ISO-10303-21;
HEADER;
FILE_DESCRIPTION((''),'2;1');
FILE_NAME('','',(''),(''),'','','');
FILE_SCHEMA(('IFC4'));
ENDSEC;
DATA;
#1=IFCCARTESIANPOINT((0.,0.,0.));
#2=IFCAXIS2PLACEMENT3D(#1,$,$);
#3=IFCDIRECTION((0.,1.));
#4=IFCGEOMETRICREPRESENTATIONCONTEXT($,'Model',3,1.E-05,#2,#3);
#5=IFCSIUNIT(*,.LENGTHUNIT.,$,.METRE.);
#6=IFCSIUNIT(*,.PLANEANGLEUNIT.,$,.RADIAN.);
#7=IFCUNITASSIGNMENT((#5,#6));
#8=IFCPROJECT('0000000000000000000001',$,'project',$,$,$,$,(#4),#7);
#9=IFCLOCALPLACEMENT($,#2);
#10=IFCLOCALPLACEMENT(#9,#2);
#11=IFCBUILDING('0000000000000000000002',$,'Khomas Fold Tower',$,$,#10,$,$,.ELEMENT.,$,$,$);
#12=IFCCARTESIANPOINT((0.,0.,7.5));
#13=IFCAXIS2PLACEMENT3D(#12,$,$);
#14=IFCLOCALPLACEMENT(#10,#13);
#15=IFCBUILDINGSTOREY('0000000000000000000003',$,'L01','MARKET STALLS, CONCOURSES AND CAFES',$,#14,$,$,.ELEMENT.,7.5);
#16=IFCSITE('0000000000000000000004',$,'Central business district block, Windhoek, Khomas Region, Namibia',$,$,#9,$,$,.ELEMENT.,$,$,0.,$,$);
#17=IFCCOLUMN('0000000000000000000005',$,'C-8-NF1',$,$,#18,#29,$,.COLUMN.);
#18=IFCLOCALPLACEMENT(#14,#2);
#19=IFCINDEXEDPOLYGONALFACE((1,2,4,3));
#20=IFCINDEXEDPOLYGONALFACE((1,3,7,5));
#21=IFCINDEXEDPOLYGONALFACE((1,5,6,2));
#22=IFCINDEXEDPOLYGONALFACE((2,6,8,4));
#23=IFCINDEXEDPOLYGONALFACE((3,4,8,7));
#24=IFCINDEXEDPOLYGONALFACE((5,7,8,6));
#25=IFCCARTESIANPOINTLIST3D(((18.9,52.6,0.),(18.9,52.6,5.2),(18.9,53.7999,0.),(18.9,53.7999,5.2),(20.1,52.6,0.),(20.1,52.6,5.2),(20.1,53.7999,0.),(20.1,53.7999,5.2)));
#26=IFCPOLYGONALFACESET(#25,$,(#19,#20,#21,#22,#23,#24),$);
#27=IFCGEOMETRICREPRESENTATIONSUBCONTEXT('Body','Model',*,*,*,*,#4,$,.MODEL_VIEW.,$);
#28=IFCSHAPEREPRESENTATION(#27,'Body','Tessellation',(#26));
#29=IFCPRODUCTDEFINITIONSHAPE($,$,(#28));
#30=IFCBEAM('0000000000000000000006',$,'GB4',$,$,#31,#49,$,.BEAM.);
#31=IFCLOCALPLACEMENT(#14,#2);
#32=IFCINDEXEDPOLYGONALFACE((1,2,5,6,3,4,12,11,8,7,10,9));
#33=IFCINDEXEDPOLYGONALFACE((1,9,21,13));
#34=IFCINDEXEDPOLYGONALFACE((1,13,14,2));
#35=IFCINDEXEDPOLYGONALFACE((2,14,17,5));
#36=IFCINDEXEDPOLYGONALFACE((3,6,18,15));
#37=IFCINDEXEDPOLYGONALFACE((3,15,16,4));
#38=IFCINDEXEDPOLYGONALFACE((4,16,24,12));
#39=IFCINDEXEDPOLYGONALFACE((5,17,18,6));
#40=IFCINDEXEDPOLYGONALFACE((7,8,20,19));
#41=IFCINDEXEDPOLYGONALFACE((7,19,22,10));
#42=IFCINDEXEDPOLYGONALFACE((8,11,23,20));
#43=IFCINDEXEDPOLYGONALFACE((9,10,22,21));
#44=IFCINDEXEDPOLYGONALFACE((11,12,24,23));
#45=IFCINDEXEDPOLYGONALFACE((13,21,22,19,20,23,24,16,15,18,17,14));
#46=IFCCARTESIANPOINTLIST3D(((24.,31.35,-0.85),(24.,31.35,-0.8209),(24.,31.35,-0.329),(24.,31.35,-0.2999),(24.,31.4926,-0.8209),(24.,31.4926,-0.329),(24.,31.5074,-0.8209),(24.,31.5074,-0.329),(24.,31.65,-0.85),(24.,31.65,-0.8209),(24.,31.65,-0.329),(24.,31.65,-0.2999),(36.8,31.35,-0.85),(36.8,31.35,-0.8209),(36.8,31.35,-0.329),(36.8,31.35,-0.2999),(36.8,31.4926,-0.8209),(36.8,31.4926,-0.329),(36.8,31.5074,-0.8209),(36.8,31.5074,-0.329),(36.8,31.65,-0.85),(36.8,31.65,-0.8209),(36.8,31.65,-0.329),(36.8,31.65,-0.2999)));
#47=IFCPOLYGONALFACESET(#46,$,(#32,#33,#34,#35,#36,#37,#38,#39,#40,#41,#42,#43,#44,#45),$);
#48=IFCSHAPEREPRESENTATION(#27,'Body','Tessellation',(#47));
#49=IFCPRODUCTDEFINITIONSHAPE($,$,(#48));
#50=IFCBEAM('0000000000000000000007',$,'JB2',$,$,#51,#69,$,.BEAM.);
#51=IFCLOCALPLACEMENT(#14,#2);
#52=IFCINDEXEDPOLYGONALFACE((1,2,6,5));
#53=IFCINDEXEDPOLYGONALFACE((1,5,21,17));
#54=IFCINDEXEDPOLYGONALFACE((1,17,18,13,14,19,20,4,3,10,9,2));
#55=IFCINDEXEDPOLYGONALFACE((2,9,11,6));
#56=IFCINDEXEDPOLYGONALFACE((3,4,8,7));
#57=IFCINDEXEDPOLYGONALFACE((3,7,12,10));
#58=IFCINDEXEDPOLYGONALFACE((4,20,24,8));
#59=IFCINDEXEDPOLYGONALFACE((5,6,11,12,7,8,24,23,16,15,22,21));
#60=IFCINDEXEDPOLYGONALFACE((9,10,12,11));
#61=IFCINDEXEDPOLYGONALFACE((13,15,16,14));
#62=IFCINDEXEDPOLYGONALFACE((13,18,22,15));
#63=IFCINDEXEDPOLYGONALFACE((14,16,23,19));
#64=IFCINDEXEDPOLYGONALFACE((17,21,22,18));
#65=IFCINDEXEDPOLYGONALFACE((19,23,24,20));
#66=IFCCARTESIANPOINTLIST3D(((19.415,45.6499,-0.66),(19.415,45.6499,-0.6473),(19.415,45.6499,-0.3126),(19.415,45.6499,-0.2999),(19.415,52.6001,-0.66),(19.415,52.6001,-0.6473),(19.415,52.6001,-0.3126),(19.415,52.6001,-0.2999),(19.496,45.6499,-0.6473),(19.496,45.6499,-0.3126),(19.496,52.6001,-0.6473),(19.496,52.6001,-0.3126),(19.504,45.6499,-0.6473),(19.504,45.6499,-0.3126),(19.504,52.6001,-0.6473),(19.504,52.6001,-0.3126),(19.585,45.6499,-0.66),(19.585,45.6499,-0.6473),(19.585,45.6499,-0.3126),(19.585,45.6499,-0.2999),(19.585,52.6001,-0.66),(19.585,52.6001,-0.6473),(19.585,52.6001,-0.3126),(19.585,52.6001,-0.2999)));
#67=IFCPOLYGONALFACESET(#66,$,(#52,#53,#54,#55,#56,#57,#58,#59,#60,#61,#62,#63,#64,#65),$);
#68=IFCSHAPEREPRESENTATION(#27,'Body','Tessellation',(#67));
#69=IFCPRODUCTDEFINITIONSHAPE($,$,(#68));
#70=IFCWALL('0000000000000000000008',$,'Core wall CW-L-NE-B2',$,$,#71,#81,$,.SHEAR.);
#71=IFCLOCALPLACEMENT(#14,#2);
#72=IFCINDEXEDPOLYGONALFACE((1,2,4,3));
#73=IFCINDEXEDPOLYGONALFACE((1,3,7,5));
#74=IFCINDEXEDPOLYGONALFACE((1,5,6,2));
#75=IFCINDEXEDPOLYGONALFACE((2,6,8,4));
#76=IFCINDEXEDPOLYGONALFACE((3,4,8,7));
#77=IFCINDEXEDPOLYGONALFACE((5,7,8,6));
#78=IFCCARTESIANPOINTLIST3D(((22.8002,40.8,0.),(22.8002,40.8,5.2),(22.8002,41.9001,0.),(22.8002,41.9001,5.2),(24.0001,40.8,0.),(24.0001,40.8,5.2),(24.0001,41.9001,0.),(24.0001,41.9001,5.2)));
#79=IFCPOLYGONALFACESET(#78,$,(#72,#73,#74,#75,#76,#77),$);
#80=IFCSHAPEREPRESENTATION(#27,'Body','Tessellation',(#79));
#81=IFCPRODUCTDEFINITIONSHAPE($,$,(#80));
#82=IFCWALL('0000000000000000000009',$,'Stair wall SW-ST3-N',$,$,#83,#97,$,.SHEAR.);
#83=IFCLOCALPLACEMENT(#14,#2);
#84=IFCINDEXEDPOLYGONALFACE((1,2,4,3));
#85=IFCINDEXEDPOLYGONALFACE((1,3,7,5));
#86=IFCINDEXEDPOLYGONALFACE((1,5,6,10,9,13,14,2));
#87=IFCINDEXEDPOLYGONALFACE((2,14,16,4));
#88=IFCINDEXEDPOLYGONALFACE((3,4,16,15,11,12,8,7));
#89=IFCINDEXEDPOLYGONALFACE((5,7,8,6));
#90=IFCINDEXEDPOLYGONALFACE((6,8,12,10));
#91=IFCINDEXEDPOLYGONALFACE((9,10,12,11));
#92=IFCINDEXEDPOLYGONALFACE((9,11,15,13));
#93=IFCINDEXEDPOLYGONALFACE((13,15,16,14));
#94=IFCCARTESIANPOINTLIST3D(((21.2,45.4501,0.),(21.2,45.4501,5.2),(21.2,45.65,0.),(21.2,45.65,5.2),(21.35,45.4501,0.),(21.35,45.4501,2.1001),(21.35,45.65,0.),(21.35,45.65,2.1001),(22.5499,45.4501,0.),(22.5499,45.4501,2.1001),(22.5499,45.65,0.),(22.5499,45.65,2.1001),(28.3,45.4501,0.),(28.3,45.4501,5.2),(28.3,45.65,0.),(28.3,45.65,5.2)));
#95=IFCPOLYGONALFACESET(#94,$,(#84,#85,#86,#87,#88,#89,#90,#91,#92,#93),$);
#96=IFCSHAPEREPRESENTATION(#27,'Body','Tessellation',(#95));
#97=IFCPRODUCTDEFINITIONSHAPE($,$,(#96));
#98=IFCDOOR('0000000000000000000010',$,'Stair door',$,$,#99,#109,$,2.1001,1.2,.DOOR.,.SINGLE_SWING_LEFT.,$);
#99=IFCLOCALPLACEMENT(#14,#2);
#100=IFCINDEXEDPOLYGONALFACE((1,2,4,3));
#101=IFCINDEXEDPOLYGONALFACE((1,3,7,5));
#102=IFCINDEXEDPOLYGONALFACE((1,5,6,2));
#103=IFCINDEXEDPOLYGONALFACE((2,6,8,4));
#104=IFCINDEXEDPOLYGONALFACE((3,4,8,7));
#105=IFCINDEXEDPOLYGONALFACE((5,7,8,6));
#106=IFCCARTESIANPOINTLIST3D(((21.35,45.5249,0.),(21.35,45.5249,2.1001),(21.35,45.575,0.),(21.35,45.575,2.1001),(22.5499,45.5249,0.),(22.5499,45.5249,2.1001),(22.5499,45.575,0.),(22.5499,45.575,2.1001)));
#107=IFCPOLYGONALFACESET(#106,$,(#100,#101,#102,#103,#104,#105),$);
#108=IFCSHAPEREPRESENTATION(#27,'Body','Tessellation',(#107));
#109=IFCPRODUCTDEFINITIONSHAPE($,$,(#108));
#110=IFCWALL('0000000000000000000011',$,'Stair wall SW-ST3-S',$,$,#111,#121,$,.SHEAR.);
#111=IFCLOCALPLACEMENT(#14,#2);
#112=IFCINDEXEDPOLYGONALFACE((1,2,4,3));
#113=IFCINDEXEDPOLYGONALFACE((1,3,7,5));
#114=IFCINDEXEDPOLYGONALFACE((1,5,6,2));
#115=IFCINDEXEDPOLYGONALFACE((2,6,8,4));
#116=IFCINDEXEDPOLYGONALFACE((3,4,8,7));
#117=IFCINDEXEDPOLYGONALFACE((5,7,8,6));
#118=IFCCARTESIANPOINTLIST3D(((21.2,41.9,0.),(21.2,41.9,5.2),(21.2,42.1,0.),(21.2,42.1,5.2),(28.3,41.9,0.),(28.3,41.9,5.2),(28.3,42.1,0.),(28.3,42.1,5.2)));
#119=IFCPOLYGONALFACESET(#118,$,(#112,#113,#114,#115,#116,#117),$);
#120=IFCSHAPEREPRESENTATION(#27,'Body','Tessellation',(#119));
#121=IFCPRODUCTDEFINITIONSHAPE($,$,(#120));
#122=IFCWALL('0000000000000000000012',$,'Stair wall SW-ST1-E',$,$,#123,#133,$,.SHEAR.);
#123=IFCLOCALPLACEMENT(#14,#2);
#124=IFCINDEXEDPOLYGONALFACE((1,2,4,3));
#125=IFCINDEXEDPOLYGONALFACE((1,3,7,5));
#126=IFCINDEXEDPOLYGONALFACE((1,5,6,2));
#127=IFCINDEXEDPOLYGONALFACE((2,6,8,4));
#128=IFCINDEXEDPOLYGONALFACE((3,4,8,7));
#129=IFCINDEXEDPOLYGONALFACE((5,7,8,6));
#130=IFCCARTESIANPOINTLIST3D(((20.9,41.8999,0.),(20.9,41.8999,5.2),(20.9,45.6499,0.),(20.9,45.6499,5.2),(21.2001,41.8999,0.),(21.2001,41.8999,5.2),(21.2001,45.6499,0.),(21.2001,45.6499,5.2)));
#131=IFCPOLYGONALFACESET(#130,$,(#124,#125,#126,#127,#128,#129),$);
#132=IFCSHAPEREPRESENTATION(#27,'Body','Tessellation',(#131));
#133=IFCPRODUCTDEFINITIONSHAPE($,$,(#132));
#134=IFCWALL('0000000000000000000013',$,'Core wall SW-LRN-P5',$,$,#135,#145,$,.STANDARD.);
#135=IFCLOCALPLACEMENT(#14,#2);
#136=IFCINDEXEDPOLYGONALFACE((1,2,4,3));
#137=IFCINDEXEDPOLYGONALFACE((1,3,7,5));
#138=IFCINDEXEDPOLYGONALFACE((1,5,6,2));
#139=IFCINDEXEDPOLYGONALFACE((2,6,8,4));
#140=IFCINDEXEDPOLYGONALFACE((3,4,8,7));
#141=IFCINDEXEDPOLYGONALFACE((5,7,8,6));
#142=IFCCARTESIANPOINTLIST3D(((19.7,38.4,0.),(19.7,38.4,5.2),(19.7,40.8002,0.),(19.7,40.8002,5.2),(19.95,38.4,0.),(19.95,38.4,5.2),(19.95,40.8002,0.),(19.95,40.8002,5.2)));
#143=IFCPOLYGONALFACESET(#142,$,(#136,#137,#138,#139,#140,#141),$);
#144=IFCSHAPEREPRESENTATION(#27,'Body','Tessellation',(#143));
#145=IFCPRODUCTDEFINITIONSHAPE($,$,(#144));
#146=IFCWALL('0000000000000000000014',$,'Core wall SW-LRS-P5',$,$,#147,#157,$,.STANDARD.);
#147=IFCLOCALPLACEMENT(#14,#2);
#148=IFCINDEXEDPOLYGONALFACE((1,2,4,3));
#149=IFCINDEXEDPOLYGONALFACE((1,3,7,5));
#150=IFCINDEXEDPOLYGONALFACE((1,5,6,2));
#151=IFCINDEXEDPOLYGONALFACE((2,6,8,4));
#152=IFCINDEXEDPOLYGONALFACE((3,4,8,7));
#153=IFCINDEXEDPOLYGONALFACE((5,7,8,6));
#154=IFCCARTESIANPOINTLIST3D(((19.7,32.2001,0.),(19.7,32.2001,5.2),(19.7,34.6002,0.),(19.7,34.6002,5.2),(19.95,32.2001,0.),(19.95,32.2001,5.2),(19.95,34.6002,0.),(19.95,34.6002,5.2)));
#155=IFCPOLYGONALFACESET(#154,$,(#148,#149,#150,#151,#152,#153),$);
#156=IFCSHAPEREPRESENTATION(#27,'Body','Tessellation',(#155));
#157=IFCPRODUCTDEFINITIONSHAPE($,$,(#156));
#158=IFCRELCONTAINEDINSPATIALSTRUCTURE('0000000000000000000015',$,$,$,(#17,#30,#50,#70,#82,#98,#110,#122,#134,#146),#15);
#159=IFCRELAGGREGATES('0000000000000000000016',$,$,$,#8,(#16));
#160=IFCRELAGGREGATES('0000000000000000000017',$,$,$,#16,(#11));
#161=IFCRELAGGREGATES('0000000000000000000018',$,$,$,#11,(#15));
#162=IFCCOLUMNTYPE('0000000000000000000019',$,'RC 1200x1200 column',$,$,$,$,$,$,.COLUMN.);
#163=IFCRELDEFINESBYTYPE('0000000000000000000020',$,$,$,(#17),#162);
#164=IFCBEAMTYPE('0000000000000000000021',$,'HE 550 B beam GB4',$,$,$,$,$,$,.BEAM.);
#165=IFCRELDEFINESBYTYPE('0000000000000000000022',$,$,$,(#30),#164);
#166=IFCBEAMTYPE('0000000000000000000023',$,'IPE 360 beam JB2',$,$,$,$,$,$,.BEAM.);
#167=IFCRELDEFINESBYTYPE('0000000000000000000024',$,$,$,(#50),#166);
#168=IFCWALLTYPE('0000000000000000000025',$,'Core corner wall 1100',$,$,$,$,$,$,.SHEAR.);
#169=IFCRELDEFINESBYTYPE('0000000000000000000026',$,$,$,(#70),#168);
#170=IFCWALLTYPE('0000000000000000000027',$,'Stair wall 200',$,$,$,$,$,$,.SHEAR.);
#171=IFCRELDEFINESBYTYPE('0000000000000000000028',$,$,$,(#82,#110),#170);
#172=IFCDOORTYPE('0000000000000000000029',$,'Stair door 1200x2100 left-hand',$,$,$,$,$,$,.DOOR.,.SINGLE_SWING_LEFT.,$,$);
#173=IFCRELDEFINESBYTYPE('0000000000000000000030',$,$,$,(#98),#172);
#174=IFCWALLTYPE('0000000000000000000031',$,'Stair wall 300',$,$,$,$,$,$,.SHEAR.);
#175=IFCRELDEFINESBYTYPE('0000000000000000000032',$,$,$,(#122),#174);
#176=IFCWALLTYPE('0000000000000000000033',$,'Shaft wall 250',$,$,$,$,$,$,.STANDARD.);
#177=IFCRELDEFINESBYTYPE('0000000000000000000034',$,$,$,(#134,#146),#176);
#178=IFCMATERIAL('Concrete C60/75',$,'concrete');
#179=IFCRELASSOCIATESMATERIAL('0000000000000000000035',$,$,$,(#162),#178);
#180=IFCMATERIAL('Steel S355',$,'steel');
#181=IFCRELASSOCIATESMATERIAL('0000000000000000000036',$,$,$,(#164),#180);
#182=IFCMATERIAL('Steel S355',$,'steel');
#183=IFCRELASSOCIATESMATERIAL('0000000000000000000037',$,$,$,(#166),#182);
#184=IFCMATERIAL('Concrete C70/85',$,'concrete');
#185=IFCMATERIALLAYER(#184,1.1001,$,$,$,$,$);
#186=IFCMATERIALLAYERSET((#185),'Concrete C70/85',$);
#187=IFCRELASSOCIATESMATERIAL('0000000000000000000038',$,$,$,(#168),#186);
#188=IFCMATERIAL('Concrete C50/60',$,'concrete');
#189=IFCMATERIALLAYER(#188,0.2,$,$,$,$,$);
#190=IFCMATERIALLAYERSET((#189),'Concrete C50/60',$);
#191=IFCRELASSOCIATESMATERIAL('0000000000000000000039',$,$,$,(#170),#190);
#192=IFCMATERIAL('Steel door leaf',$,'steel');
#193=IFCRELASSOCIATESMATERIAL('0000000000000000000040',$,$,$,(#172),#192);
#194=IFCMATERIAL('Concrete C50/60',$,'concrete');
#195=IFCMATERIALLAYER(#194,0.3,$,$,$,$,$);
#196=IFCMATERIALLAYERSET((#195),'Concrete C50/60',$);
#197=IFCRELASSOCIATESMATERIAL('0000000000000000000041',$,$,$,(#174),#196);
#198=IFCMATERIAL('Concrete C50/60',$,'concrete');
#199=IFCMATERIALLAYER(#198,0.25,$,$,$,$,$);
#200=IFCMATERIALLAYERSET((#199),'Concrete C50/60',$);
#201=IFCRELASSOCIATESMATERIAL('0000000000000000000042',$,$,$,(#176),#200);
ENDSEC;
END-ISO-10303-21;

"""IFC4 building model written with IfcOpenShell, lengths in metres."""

from ifc_helpers import new_model, si_unit, direction, frame, frame_2d, origin, origin_2d, place, context, subcontext, project, spatial, rectangle, i_section, extrude, source, transform, mapped, material, layer, layer_set, material_profile, profile_set, type_object, element, fill, save


model = new_model("IFC4")

# Units and contexts
model_context = context("Model", 3, precision=1e-05, world=origin(), true_north=direction((0.0, 1.0)))
body_context = subcontext(model_context, "Body", "Model", "MODEL_VIEW")
ifc_project = project(units=[si_unit("LENGTHUNIT", "METRE"), si_unit("PLANEANGLEUNIT", "RADIAN")], contexts=[model_context])

# Site, building, storey
site_placement = place(None, origin())
site = spatial("IfcSite", under=ifc_project, at=site_placement, Name="Central business district block, Windhoek, Khomas Region, Namibia", CompositionType="ELEMENT", RefElevation=0.0)
building_placement = place(site_placement, origin())
building = spatial("IfcBuilding", under=site, at=building_placement, Name="Khomas Fold Tower", CompositionType="ELEMENT")
storey_placement = place(building_placement, frame((0.0, 0.0, 7.5)))
storey = spatial("IfcBuildingStorey", under=building, at=storey_placement, Name="L01", Description="MARKET STALLS, CONCOURSES AND CAFES", CompositionType="ELEMENT", Elevation=7.5)

# Column
ifc_material_1 = material(Name="Concrete C60/75", Category="concrete")
ifc_material_profile_1 = material_profile(ifc_material_1, rectangle(XDim=1.2, YDim=1.2, at=origin_2d()), Name="RC 1200x1200")
ifc_profile_set_1 = profile_set([ifc_material_profile_1], Name="Concrete C60/75")
column_type = type_object("IfcColumnType", Name="RC 1200x1200 column", PredefinedType="COLUMN", material=ifc_profile_set_1)
shared_shape_1 = source(origin(), body_context, "Body", "SweptSolid", [
    extrude(rectangle(XDim=1.2, YDim=1.2, at=origin_2d()), origin(), (0.0, 0.0, 1.0), 5.2),
])
column_placement = place(storey_placement, frame((19.5, 53.2, 0.0), z_axis=(0.0, 0.0, 1.0), x_axis=(1.0, 0.0, 0.0)))
element("IfcColumn", 1, at=column_placement, inside=storey, type_object=column_type, Name="C-8-NF1", PredefinedType="COLUMN", context=body_context, shape_type="MappedRepresentation", body=[
    mapped(shared_shape_1, transform((0.0, 0.0, 0.0))),
])

# Beams
ifc_material_2 = material(Name="Steel S355", Category="steel")
ifc_material_profile_2 = material_profile(ifc_material_2, i_section(OverallWidth=0.3, OverallDepth=0.55, WebThickness=0.0149, FlangeThickness=0.0291, at=origin_2d()), Name="HE 550 B")
ifc_profile_set_2 = profile_set([ifc_material_profile_2], Name="Steel S355")
beam_type_1 = type_object("IfcBeamType", Name="HE 550 B beam GB4", PredefinedType="BEAM", material=ifc_profile_set_2)
shared_shape_2 = source(origin(), body_context, "Body", "SweptSolid", [
    extrude(i_section(OverallWidth=0.3, OverallDepth=0.55, WebThickness=0.0149, FlangeThickness=0.0291, at=origin_2d()), origin(), (0.0, 0.0, 1.0), 12.8),
])
beam_1_placement = place(storey_placement, frame((24.0, 31.5, -0.575), z_axis=(1.0, 0.0, 0.0), x_axis=(0.0, 1.0, 0.0)))
element("IfcBeam", 2, at=beam_1_placement, inside=storey, type_object=beam_type_1, Name="GB4", PredefinedType="BEAM", context=body_context, shape_type="MappedRepresentation", body=[
    mapped(shared_shape_2, transform((0.0, 0.0, 0.0))),
])
ifc_material_3 = material(Name="Steel S355", Category="steel")
ifc_material_profile_3 = material_profile(ifc_material_3, i_section(OverallWidth=0.1699, OverallDepth=0.3601, WebThickness=0.0081, FlangeThickness=0.0127, at=origin_2d()), Name="IPE 360")
ifc_profile_set_3 = profile_set([ifc_material_profile_3], Name="Steel S355")
beam_type_2 = type_object("IfcBeamType", Name="IPE 360 beam JB2", PredefinedType="BEAM", material=ifc_profile_set_3)
shared_shape_3 = source(origin(), body_context, "Body", "SweptSolid", [
    extrude(i_section(OverallWidth=0.1699, OverallDepth=0.3601, WebThickness=0.0081, FlangeThickness=0.0127, at=origin_2d()), origin(), (0.0, 0.0, 1.0), 6.9502),
])
beam_2_placement = place(storey_placement, frame((19.5, 45.6499, -0.48), z_axis=(0.0, 1.0, 0.0), x_axis=(-1.0, 0.0, 0.0)))
element("IfcBeam", 3, at=beam_2_placement, inside=storey, type_object=beam_type_2, Name="JB2", PredefinedType="BEAM", context=body_context, shape_type="MappedRepresentation", body=[
    mapped(shared_shape_3, transform((0.0, 0.0, 0.0))),
])

# Wall
ifc_material_4 = material(Name="Concrete C70/85", Category="concrete")
ifc_layer_1 = layer(ifc_material_4, 1.1001)
ifc_layer_set_1 = layer_set([ifc_layer_1], Name="Concrete C70/85")
wall_type_1 = type_object("IfcWallType", Name="Core corner wall 1100", PredefinedType="SHEAR", material=ifc_layer_set_1)
shared_shape_4 = source(origin(), body_context, "Body", "SweptSolid", [
    extrude(rectangle(XDim=1.2, YDim=1.1001, at=frame_2d((0.6001, 0.0))), origin(), (0.0, 0.0, 1.0), 5.2),
])
wall_1_placement = place(storey_placement, frame((22.8, 41.3501, 0.0), z_axis=(0.0, 0.0, 1.0), x_axis=(1.0, 0.0, 0.0)))
element("IfcWall", 4, at=wall_1_placement, inside=storey, type_object=wall_type_1, Name="Core wall CW-L-NE-B2", PredefinedType="SHEAR", context=body_context, shape_type="MappedRepresentation", body=[
    mapped(shared_shape_4, transform((0.0, 0.0, 0.0))),
])

# Wall, opening, door
ifc_material_5 = material(Name="Concrete C50/60", Category="concrete")
ifc_layer_2 = layer(ifc_material_5, 0.2)
ifc_layer_set_2 = layer_set([ifc_layer_2], Name="Concrete C50/60")
wall_type_2 = type_object("IfcWallType", Name="Stair wall 200", PredefinedType="SHEAR", material=ifc_layer_set_2)
shared_shape_5 = source(origin(), body_context, "Body", "SweptSolid", [
    extrude(rectangle(XDim=7.1001, YDim=0.2, at=frame_2d((3.55, 0.0))), origin(), (0.0, 0.0, 1.0), 5.2),
])
wall_2_placement = place(storey_placement, frame((21.2, 45.55, 0.0), z_axis=(0.0, 0.0, 1.0), x_axis=(1.0, 0.0, 0.0)))
wall_2 = element("IfcWall", 5, at=wall_2_placement, inside=storey, type_object=wall_type_2, Name="Stair wall SW-ST3-N", PredefinedType="SHEAR", context=body_context, shape_type="MappedRepresentation", body=[
    mapped(shared_shape_5, transform((0.0, 0.0, 0.0))),
])
shared_shape_6 = source(origin(), body_context, "Body", "SweptSolid", [
    extrude(rectangle(XDim=1.2, YDim=2.1001, at=frame_2d((0.6001, 1.05))), frame((0.0, 0.1099, 0.0), z_axis=(0.0, -1.0, 0.0), x_axis=(1.0, 0.0, 0.0)), (0.0, 0.0, 1.0), 0.22),
])
opening_placement = place(wall_2_placement, frame((0.1499, 0.0, 0.0)))
opening = element("IfcOpeningElement", 6, at=opening_placement, cuts=wall_2, PredefinedType="OPENING", context=body_context, shape_type="MappedRepresentation", body=[
    mapped(shared_shape_6, transform((0.0, 0.0, 0.0))),
])
ifc_material_6 = material(Name="Steel door leaf", Category="steel")
door_type = type_object("IfcDoorType", Name="Stair door 1200x2100 left-hand", OperationType="SINGLE_SWING_LEFT", PredefinedType="DOOR", material=ifc_material_6)
shared_shape_7 = source(origin(), body_context, "Body", "SweptSolid", [
    extrude(rectangle(XDim=1.2, YDim=2.1001, at=frame_2d((0.6001, 1.05))), frame((0.0, 0.0249, 0.0), z_axis=(0.0, -1.0, 0.0), x_axis=(1.0, 0.0, 0.0)), (0.0, 0.0, 1.0), 0.05),
])
door_placement = place(opening_placement, origin())
door = element("IfcDoor", 7, at=door_placement, inside=storey, type_object=door_type, Name="Stair door", OperationType="SINGLE_SWING_LEFT", OverallHeight=2.1001, OverallWidth=1.2, PredefinedType="DOOR", context=body_context, shape_type="MappedRepresentation", body=[
    mapped(shared_shape_7, transform((0.0, 0.0, 0.0))),
])
fill(opening, door)

# Walls
wall_3_placement = place(storey_placement, frame((21.2, 42.0, 0.0), z_axis=(0.0, 0.0, 1.0), x_axis=(1.0, 0.0, 0.0)))
element("IfcWall", 8, at=wall_3_placement, inside=storey, type_object=wall_type_2, Name="Stair wall SW-ST3-S", PredefinedType="SHEAR", context=body_context, shape_type="MappedRepresentation", body=[
    mapped(shared_shape_5, transform((0.0, 0.0, 0.0))),
])
ifc_material_7 = material(Name="Concrete C50/60", Category="concrete")
ifc_layer_3 = layer(ifc_material_7, 0.3)
ifc_layer_set_3 = layer_set([ifc_layer_3], Name="Concrete C50/60")
wall_type_3 = type_object("IfcWallType", Name="Stair wall 300", PredefinedType="SHEAR", material=ifc_layer_set_3)
shared_shape_8 = source(origin(), body_context, "Body", "SweptSolid", [
    extrude(rectangle(XDim=3.75, YDim=0.3, at=frame_2d((1.875, 0.0))), origin(), (0.0, 0.0, 1.0), 5.2),
])
wall_4_placement = place(storey_placement, frame((21.05, 41.8999, 0.0), z_axis=(0.0, 0.0, 1.0), x_axis=(0.0, 1.0, 0.0)))
element("IfcWall", 9, at=wall_4_placement, inside=storey, type_object=wall_type_3, Name="Stair wall SW-ST1-E", PredefinedType="SHEAR", context=body_context, shape_type="MappedRepresentation", body=[
    mapped(shared_shape_8, transform((0.0, 0.0, 0.0))),
])
ifc_material_8 = material(Name="Concrete C50/60", Category="concrete")
ifc_layer_4 = layer(ifc_material_8, 0.25)
ifc_layer_set_4 = layer_set([ifc_layer_4], Name="Concrete C50/60")
wall_type_4 = type_object("IfcWallType", Name="Shaft wall 250", PredefinedType="STANDARD", material=ifc_layer_set_4)
shared_shape_9 = source(origin(), body_context, "Body", "SweptSolid", [
    extrude(rectangle(XDim=2.4001, YDim=0.25, at=frame_2d((1.2002, 0.0))), origin(), (0.0, 0.0, 1.0), 5.2),
])
for number, where, z_axis, x_axis, name in (
    (10, (19.825, 38.3999, 0.0), (0.0, 0.0, 1.0), (0.0, 1.0, 0.0), "Core wall SW-LRN-P5"),
    (11, (19.825, 32.2, 0.0), (0.0, 0.0, 1.0), (0.0, 1.0, 0.0), "Core wall SW-LRS-P5"),
):
    element("IfcWall", number, at=place(storey_placement, frame(where, z_axis=z_axis, x_axis=x_axis)), inside=storey, type_object=wall_type_4, Name=name, PredefinedType="STANDARD", context=body_context, shape_type="MappedRepresentation", body=[
        mapped(shared_shape_9, transform((0.0, 0.0, 0.0))),
    ])

save(model, "model.ifc")
